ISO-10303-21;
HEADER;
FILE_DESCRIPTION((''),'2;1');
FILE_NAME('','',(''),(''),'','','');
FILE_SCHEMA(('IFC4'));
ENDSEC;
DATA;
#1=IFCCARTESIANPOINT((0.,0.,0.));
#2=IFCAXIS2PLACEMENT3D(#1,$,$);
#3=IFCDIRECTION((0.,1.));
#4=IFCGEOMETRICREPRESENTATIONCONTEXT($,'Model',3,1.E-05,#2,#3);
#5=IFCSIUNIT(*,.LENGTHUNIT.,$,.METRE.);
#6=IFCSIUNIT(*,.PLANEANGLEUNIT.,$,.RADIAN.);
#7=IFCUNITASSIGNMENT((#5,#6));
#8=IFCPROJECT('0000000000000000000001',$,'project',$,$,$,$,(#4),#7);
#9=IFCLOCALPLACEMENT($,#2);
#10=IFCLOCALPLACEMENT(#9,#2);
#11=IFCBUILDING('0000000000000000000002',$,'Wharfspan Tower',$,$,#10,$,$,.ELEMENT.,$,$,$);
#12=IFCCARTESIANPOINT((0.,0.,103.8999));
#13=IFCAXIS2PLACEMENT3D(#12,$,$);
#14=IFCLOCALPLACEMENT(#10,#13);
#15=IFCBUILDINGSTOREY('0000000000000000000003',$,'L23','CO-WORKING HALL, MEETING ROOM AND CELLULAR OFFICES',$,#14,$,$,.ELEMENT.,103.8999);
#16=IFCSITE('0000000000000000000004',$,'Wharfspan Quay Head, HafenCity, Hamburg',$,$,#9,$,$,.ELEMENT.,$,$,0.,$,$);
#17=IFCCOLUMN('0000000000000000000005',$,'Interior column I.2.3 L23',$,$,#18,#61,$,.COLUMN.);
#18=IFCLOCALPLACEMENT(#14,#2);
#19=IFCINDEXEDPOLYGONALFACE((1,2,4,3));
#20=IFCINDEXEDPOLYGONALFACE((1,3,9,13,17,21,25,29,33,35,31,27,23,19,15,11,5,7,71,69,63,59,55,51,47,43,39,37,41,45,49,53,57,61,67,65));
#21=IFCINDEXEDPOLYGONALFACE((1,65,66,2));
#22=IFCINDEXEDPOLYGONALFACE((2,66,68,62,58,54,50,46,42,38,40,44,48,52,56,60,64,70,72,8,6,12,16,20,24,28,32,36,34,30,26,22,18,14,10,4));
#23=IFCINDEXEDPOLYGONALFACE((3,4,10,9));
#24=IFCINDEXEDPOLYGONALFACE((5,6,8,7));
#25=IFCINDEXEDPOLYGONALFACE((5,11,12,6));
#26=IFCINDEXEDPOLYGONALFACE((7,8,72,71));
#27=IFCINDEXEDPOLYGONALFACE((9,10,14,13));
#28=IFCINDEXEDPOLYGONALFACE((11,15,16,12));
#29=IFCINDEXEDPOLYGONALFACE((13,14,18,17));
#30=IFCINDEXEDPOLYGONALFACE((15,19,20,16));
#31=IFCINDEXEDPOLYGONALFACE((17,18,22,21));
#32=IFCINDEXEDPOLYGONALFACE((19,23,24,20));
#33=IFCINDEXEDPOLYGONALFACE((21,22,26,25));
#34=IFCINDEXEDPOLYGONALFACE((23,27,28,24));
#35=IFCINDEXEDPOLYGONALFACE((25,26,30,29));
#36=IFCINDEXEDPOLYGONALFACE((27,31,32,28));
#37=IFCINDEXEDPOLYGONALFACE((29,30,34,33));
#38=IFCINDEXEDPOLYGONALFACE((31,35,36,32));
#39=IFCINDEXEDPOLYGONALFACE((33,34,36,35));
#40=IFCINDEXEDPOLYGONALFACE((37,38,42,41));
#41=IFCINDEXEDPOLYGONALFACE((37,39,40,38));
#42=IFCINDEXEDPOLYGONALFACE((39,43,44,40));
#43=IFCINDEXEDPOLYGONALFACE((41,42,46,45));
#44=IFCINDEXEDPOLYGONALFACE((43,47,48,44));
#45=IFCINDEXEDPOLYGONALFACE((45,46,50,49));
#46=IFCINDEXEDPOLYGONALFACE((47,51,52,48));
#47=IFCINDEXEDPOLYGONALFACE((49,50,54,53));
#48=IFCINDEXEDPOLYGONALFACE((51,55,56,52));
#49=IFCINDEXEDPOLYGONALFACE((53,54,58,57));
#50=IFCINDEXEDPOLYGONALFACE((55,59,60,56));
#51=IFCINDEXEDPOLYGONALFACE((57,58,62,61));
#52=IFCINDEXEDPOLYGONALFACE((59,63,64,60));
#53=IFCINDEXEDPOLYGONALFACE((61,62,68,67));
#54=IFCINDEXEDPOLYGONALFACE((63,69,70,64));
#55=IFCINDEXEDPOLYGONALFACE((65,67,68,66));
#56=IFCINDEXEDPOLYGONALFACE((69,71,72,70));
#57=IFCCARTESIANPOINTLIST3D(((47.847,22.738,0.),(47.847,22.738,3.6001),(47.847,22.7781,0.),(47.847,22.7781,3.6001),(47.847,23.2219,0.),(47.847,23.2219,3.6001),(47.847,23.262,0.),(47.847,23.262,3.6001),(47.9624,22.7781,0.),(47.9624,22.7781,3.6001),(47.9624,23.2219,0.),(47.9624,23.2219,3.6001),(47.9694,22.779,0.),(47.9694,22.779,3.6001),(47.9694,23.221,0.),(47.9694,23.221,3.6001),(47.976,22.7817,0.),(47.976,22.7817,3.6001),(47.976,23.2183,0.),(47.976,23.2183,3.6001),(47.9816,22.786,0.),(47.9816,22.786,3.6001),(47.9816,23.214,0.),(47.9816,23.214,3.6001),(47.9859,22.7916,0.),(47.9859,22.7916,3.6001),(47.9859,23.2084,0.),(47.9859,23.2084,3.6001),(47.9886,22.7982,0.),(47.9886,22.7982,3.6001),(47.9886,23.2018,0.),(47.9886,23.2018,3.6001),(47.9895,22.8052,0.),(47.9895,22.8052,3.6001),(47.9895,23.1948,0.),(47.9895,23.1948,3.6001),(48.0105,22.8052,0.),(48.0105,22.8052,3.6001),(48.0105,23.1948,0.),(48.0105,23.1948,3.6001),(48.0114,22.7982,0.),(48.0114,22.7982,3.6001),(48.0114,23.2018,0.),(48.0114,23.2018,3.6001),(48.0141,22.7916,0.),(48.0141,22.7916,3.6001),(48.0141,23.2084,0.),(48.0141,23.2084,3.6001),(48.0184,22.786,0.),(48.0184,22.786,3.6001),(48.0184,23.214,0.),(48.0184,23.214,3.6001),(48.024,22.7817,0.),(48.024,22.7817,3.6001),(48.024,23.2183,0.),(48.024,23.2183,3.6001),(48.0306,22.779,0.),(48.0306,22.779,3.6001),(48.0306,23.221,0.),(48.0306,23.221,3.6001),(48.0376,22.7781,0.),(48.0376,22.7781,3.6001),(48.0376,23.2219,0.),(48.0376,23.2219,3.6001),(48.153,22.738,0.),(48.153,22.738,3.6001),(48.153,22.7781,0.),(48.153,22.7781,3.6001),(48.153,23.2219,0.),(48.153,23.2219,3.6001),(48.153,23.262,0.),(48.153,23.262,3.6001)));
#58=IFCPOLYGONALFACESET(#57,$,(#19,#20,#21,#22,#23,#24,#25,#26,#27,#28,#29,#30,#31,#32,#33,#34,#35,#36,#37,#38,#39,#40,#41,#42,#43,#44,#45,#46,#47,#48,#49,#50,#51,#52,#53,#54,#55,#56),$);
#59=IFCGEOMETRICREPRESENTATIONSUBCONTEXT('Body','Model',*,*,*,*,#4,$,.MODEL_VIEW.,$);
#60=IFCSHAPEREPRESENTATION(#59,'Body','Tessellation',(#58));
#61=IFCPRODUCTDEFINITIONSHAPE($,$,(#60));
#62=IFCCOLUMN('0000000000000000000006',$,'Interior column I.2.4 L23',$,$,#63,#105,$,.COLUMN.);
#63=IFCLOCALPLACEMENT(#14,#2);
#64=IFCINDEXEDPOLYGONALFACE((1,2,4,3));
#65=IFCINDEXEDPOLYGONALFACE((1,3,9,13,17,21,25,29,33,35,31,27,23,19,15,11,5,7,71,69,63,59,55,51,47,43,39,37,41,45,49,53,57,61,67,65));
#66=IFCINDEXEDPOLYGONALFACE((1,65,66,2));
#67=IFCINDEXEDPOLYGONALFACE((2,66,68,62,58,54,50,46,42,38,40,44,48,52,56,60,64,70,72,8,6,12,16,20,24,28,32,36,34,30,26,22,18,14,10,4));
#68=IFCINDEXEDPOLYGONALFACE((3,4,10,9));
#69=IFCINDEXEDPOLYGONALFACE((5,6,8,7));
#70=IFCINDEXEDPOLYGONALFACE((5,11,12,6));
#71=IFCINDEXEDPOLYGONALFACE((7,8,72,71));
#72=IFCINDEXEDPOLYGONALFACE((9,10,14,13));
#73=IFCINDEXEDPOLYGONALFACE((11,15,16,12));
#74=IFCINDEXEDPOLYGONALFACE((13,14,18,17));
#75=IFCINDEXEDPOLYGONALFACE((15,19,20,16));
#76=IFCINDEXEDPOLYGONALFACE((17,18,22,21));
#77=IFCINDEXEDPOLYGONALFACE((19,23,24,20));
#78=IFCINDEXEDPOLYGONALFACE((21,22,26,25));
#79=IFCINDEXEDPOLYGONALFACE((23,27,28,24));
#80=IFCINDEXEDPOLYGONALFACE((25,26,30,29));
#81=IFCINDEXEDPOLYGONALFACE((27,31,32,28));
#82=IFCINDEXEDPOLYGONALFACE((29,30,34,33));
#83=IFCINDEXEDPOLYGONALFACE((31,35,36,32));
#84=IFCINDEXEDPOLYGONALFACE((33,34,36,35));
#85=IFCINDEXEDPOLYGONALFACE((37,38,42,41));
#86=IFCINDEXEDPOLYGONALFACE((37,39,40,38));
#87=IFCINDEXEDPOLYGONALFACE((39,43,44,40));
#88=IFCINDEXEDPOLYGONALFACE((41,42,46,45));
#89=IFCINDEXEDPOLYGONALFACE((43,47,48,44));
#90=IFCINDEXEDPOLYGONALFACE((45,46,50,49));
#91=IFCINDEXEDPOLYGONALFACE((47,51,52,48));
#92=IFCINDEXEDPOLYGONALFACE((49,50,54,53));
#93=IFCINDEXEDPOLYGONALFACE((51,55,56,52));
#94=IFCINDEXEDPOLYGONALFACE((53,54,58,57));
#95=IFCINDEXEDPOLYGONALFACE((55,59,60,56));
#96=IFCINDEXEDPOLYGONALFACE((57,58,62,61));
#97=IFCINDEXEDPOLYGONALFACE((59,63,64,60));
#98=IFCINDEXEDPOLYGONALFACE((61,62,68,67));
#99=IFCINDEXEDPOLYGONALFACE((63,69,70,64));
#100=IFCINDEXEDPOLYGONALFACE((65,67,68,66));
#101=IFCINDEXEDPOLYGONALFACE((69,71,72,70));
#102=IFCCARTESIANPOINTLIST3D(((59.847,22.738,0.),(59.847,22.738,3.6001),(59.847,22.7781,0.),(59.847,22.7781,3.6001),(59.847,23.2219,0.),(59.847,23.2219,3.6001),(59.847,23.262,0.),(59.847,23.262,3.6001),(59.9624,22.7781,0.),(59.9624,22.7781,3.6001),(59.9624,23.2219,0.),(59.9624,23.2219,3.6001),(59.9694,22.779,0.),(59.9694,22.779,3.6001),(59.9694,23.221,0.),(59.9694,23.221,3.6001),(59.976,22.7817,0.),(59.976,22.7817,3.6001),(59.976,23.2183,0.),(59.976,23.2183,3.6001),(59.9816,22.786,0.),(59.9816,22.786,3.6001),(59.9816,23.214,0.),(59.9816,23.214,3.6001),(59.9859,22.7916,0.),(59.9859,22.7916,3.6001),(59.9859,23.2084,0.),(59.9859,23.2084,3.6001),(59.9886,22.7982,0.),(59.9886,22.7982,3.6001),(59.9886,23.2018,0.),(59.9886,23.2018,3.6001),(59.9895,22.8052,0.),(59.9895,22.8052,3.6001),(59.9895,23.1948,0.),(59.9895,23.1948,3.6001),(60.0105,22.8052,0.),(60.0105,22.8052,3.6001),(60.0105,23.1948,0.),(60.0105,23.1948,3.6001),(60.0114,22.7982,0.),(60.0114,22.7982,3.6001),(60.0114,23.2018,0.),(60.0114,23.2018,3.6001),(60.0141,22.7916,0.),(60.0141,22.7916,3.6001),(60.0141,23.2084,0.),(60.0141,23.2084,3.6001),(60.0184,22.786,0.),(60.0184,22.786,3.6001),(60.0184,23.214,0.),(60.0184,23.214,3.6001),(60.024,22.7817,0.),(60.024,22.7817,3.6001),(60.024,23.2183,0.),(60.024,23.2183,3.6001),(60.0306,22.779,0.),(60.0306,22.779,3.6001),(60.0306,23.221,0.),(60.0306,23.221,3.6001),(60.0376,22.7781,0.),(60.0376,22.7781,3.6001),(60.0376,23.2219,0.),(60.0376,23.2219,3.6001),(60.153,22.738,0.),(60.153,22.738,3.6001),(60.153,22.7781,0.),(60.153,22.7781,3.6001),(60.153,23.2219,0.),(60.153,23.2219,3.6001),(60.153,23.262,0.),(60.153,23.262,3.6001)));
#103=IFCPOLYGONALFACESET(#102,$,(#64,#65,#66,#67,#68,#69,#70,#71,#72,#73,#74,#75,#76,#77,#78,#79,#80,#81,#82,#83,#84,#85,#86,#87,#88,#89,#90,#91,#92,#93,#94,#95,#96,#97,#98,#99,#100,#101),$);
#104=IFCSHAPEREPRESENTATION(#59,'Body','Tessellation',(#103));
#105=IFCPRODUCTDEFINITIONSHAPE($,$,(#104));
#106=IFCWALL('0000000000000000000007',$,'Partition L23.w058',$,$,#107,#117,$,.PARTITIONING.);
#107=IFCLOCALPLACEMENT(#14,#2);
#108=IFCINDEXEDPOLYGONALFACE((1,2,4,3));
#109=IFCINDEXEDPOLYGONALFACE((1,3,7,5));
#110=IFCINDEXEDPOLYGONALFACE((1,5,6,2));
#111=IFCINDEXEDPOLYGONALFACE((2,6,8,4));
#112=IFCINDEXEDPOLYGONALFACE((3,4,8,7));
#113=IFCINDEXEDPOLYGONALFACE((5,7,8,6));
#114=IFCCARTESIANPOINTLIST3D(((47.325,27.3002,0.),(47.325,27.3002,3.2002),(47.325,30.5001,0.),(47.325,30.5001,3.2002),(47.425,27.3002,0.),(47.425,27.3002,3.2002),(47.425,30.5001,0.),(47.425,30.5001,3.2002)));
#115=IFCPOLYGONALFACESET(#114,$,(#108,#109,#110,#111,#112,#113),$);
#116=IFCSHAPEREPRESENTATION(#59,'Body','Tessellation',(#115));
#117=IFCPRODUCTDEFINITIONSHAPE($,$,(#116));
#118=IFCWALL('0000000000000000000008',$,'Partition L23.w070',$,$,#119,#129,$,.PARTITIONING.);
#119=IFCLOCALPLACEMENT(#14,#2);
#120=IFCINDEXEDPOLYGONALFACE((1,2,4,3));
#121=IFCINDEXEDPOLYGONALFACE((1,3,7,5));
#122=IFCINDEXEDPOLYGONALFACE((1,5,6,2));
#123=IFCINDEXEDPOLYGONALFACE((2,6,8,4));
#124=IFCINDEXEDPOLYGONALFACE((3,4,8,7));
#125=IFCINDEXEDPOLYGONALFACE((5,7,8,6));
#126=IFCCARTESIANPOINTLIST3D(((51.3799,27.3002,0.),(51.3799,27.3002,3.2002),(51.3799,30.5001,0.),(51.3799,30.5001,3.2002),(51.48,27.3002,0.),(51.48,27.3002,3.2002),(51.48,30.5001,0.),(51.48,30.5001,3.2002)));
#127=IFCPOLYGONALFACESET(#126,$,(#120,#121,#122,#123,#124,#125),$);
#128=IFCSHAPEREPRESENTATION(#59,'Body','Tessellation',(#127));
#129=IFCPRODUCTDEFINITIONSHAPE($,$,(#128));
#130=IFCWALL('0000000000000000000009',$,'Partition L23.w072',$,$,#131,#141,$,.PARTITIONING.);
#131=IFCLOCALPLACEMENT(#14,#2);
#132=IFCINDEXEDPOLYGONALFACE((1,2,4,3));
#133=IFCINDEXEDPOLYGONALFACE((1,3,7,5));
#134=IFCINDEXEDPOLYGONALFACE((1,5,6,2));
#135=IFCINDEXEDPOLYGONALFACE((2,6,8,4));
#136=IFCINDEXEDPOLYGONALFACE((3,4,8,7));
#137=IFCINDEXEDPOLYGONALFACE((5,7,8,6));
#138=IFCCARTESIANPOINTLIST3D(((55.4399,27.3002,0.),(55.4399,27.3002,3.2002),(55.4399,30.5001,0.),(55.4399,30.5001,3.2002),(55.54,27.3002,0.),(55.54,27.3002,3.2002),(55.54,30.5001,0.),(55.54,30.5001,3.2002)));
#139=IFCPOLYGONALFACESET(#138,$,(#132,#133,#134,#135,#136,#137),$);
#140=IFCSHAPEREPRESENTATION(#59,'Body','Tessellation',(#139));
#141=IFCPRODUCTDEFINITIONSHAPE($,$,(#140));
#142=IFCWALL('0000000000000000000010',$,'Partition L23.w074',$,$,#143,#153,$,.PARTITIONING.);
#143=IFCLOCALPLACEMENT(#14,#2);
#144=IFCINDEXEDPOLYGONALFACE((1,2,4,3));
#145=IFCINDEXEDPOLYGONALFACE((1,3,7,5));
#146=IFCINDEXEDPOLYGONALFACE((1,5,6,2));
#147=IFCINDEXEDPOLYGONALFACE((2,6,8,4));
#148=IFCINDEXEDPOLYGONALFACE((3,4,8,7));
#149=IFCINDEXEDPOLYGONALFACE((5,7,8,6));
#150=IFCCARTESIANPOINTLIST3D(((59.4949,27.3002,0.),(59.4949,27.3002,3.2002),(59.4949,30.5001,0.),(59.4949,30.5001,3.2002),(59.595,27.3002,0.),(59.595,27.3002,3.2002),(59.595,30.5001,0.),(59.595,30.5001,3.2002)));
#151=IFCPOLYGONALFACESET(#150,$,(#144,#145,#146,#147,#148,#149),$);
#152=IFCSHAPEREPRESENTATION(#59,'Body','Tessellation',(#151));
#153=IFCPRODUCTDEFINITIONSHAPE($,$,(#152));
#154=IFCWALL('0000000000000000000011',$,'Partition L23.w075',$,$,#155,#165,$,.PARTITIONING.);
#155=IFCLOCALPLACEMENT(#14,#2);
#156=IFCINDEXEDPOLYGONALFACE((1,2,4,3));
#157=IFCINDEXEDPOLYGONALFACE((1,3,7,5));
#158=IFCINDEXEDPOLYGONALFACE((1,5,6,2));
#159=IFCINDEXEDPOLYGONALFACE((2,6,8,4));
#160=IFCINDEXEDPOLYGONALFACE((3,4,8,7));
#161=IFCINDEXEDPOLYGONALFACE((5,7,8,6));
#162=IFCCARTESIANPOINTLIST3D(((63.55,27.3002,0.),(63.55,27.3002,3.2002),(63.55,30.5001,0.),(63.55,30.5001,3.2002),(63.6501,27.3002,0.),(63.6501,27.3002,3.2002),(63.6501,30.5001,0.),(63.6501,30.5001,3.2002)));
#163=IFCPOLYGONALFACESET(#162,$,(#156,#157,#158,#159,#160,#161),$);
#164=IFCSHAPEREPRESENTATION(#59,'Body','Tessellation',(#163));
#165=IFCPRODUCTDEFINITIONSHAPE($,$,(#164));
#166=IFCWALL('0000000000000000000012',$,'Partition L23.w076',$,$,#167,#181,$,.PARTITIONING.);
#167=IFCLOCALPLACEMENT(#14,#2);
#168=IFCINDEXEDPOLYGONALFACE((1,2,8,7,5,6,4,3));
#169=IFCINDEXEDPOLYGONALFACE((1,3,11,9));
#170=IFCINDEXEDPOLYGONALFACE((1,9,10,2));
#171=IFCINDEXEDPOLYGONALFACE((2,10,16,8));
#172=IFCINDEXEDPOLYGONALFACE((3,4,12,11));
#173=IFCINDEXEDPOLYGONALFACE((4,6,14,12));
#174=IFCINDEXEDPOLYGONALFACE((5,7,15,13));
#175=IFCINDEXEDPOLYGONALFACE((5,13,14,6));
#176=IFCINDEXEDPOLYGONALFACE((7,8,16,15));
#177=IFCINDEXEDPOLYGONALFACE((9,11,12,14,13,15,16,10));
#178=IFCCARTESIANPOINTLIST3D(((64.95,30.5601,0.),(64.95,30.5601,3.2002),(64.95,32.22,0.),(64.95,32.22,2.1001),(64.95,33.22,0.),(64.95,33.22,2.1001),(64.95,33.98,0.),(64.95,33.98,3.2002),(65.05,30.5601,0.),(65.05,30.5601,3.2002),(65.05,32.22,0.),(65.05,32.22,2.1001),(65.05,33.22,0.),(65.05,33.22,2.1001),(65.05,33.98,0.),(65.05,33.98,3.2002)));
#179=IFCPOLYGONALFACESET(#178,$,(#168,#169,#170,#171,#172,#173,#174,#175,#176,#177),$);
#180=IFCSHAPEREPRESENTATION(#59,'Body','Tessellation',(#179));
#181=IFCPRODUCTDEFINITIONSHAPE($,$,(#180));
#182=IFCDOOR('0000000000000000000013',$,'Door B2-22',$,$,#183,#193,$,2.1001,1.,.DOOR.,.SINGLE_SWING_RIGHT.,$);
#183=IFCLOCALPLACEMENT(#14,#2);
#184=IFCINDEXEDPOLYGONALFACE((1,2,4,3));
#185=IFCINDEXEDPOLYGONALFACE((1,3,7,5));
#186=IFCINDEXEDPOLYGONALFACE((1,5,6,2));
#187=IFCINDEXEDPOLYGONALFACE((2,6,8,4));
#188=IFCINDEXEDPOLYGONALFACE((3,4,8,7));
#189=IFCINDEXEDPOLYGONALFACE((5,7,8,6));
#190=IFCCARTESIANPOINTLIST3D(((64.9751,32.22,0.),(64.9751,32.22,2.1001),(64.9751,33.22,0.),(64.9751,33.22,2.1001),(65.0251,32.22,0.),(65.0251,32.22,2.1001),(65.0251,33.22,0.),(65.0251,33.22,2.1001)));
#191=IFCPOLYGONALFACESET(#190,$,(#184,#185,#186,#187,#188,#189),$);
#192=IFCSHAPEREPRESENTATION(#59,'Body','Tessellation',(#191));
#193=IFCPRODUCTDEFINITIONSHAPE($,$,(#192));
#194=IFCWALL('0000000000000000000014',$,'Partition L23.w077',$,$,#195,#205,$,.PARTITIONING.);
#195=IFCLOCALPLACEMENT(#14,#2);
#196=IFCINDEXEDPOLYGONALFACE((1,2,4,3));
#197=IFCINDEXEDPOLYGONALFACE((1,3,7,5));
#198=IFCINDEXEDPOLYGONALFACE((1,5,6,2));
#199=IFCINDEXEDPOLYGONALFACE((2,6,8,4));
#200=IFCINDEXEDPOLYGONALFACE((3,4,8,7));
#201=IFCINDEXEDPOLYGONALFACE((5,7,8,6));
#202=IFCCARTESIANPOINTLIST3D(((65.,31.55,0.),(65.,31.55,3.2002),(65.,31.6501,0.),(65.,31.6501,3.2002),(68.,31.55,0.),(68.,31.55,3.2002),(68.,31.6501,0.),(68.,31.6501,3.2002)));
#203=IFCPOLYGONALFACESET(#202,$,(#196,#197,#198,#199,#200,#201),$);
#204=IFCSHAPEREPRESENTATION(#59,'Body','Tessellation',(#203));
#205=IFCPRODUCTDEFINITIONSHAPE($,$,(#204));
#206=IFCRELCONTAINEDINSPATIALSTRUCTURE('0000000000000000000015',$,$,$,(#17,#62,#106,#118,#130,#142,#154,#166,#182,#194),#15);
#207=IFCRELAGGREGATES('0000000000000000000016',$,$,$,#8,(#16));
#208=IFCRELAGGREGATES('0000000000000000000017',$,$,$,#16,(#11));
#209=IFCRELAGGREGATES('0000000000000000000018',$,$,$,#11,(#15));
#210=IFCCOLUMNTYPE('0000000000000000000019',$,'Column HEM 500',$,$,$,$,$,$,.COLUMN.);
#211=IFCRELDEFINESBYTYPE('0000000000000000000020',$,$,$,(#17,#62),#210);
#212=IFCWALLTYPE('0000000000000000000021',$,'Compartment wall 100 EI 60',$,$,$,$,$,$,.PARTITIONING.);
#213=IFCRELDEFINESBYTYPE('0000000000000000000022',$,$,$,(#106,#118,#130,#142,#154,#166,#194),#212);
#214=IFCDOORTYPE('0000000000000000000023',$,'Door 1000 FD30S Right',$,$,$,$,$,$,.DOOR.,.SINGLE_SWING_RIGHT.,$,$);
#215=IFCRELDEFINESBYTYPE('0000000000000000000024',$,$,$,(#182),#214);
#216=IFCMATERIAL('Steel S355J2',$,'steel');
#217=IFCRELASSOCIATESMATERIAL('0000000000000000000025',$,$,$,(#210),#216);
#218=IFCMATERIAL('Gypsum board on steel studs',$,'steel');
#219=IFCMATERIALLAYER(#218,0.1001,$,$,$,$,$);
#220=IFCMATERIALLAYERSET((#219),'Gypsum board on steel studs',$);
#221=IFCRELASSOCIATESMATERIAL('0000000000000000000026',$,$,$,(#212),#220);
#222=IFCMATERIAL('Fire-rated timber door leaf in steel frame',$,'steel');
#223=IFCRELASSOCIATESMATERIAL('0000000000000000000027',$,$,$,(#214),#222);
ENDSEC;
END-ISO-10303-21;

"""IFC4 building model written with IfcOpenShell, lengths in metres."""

from ifc_helpers import new_model, si_unit, direction, frame, frame_2d, origin, origin_2d, place, context, subcontext, project, spatial, rectangle, i_section, extrude, material, layer, layer_set, material_profile, profile_set, type_object, element, fill, save


model = new_model("IFC4")

# Units and contexts
model_context = context("Model", 3, precision=1e-05, world=origin(), true_north=direction((0.0, 1.0)))
body_context = subcontext(model_context, "Body", "Model", "MODEL_VIEW")
ifc_project = project(units=[si_unit("LENGTHUNIT", "METRE"), si_unit("PLANEANGLEUNIT", "RADIAN")], contexts=[model_context])

# Site, building, storey
site_placement = place(None, origin())
site = spatial("IfcSite", under=ifc_project, at=site_placement, Name="Wharfspan Quay Head, HafenCity, Hamburg", CompositionType="ELEMENT", RefElevation=0.0)
building_placement = place(site_placement, origin())
building = spatial("IfcBuilding", under=site, at=building_placement, Name="Wharfspan Tower", CompositionType="ELEMENT")
storey_placement = place(building_placement, frame((0.0, 0.0, 103.8999)))
storey = spatial("IfcBuildingStorey", under=building, at=storey_placement, Name="L23", Description="CO-WORKING HALL, MEETING ROOM AND CELLULAR OFFICES", CompositionType="ELEMENT", Elevation=103.8999)

# Columns
ifc_material_1 = material(Name="Steel S355J2", Category="steel")
ifc_material_profile = material_profile(ifc_material_1, i_section(OverallWidth=0.3059, OverallDepth=0.5239, WebThickness=0.021, FlangeThickness=0.04, FilletRadius=0.0271, at=origin_2d()))
ifc_profile_set = profile_set([ifc_material_profile], Name="Steel S355J2")
column_type = type_object("IfcColumnType", Name="Column HEM 500", PredefinedType="COLUMN", material=ifc_profile_set)
for number, where, z_axis, x_axis, name in (
    (1, (48.0, 23.0, 0.0), (0.0, 0.0, 1.0), (1.0, 0.0, 0.0), "Interior column I.2.3 L23"),
    (2, (60.0, 23.0, 0.0), (0.0, 0.0, 1.0), (1.0, 0.0, 0.0), "Interior column I.2.4 L23"),
):
    element("IfcColumn", number, at=place(storey_placement, frame(where, z_axis=z_axis, x_axis=x_axis)), inside=storey, type_object=column_type, Name=name, PredefinedType="COLUMN", context=body_context, shape_type="SweptSolid", body=[
        extrude(i_section(OverallWidth=0.3059, OverallDepth=0.5239, WebThickness=0.021, FlangeThickness=0.04, FilletRadius=0.0271, at=origin_2d()), origin(), (0.0, 0.0, 1.0), 3.6001),
    ])

# Walls
ifc_material_2 = material(Name="Gypsum board on steel studs", Category="steel")
ifc_layer_1 = layer(ifc_material_2, 0.1001)
ifc_layer_set_1 = layer_set([ifc_layer_1], Name="Gypsum board on steel studs")
wall_type_1 = type_object("IfcWallType", Name="Compartment wall 100 EI 60", PredefinedType="PARTITIONING", material=ifc_layer_set_1)
for number, where, z_axis, x_axis, name in (
    (3, (47.375, 27.3, 0.0), (0.0, 0.0, 1.0), (0.0, 1.0, 0.0), "Partition L23.w058"),
    (4, (51.4299, 27.3, 0.0), (0.0, 0.0, 1.0), (0.0, 1.0, 0.0), "Partition L23.w070"),
    (5, (55.49, 27.3, 0.0), (0.0, 0.0, 1.0), (0.0, 1.0, 0.0), "Partition L23.w072"),
    (6, (59.5449, 27.3, 0.0), (0.0, 0.0, 1.0), (0.0, 1.0, 0.0), "Partition L23.w074"),
    (7, (63.6001, 27.3, 0.0), (0.0, 0.0, 1.0), (0.0, 1.0, 0.0), "Partition L23.w075"),
):
    element("IfcWall", number, at=place(storey_placement, frame(where, z_axis=z_axis, x_axis=x_axis)), inside=storey, type_object=wall_type_1, Name=name, PredefinedType="PARTITIONING", context=body_context, shape_type="SweptSolid", body=[
        extrude(rectangle(XDim=3.2, YDim=0.1001, at=frame_2d((1.6001, 0.0))), origin(), (0.0, 0.0, 1.0), 3.2002),
    ])

# Wall, opening, door
wall_1_placement = place(storey_placement, frame((65.0, 30.5601, 0.0), z_axis=(0.0, 0.0, 1.0), x_axis=(0.0, 1.0, 0.0)))
wall_1 = element("IfcWall", 8, at=wall_1_placement, inside=storey, type_object=wall_type_1, Name="Partition L23.w076", PredefinedType="PARTITIONING", context=body_context, shape_type="SweptSolid", body=[
    extrude(rectangle(XDim=3.4199, YDim=0.1001, at=frame_2d((1.71, 0.0))), origin(), (0.0, 0.0, 1.0), 3.2002),
])
opening_1_placement = place(wall_1_placement, frame((1.6599, 0.0, 0.0)))
opening_1 = element("IfcOpeningElement", 9, at=opening_1_placement, cuts=wall_1, PredefinedType="OPENING", context=body_context, shape_type="SweptSolid", body=[
    extrude(rectangle(XDim=1.0, YDim=2.1001, at=frame_2d((0.5, 1.05))), frame((0.0, 0.0601, 0.0), z_axis=(0.0, -1.0, 0.0), x_axis=(1.0, 0.0, 0.0)), (0.0, 0.0, 1.0), 0.1201),
])
ifc_material_3 = material(Name="Fire-rated timber door leaf in steel frame", Category="steel")
door_type_1 = type_object("IfcDoorType", Name="Door 1000 FD30S Right", OperationType="SINGLE_SWING_RIGHT", PredefinedType="DOOR", material=ifc_material_3)
door_1_placement = place(opening_1_placement, origin())
door_1 = element("IfcDoor", 10, at=door_1_placement, inside=storey, type_object=door_type_1, Name="Door B2-22", OperationType="SINGLE_SWING_RIGHT", OverallHeight=2.1001, OverallWidth=1.0, PredefinedType="DOOR", context=body_context, shape_type="SweptSolid", body=[
    extrude(rectangle(XDim=1.0, YDim=2.1001, at=frame_2d((0.5, 1.05))), frame((0.0, 0.0249, 0.0), z_axis=(0.0, -1.0, 0.0), x_axis=(1.0, 0.0, 0.0)), (0.0, 0.0, 1.0), 0.05),
])
fill(opening_1, door_1)

# Wall
wall_2_placement = place(storey_placement, frame((65.0, 31.6001, 0.0), z_axis=(0.0, 0.0, 1.0), x_axis=(1.0, 0.0, 0.0)))
element("IfcWall", 11, at=wall_2_placement, inside=storey, type_object=wall_type_1, Name="Partition L23.w077", PredefinedType="PARTITIONING", context=body_context, shape_type="SweptSolid", body=[
    extrude(rectangle(XDim=3.0, YDim=0.1001, at=frame_2d((1.5, 0.0))), origin(), (0.0, 0.0, 1.0), 3.2002),
])

save(model, "model.ifc")
